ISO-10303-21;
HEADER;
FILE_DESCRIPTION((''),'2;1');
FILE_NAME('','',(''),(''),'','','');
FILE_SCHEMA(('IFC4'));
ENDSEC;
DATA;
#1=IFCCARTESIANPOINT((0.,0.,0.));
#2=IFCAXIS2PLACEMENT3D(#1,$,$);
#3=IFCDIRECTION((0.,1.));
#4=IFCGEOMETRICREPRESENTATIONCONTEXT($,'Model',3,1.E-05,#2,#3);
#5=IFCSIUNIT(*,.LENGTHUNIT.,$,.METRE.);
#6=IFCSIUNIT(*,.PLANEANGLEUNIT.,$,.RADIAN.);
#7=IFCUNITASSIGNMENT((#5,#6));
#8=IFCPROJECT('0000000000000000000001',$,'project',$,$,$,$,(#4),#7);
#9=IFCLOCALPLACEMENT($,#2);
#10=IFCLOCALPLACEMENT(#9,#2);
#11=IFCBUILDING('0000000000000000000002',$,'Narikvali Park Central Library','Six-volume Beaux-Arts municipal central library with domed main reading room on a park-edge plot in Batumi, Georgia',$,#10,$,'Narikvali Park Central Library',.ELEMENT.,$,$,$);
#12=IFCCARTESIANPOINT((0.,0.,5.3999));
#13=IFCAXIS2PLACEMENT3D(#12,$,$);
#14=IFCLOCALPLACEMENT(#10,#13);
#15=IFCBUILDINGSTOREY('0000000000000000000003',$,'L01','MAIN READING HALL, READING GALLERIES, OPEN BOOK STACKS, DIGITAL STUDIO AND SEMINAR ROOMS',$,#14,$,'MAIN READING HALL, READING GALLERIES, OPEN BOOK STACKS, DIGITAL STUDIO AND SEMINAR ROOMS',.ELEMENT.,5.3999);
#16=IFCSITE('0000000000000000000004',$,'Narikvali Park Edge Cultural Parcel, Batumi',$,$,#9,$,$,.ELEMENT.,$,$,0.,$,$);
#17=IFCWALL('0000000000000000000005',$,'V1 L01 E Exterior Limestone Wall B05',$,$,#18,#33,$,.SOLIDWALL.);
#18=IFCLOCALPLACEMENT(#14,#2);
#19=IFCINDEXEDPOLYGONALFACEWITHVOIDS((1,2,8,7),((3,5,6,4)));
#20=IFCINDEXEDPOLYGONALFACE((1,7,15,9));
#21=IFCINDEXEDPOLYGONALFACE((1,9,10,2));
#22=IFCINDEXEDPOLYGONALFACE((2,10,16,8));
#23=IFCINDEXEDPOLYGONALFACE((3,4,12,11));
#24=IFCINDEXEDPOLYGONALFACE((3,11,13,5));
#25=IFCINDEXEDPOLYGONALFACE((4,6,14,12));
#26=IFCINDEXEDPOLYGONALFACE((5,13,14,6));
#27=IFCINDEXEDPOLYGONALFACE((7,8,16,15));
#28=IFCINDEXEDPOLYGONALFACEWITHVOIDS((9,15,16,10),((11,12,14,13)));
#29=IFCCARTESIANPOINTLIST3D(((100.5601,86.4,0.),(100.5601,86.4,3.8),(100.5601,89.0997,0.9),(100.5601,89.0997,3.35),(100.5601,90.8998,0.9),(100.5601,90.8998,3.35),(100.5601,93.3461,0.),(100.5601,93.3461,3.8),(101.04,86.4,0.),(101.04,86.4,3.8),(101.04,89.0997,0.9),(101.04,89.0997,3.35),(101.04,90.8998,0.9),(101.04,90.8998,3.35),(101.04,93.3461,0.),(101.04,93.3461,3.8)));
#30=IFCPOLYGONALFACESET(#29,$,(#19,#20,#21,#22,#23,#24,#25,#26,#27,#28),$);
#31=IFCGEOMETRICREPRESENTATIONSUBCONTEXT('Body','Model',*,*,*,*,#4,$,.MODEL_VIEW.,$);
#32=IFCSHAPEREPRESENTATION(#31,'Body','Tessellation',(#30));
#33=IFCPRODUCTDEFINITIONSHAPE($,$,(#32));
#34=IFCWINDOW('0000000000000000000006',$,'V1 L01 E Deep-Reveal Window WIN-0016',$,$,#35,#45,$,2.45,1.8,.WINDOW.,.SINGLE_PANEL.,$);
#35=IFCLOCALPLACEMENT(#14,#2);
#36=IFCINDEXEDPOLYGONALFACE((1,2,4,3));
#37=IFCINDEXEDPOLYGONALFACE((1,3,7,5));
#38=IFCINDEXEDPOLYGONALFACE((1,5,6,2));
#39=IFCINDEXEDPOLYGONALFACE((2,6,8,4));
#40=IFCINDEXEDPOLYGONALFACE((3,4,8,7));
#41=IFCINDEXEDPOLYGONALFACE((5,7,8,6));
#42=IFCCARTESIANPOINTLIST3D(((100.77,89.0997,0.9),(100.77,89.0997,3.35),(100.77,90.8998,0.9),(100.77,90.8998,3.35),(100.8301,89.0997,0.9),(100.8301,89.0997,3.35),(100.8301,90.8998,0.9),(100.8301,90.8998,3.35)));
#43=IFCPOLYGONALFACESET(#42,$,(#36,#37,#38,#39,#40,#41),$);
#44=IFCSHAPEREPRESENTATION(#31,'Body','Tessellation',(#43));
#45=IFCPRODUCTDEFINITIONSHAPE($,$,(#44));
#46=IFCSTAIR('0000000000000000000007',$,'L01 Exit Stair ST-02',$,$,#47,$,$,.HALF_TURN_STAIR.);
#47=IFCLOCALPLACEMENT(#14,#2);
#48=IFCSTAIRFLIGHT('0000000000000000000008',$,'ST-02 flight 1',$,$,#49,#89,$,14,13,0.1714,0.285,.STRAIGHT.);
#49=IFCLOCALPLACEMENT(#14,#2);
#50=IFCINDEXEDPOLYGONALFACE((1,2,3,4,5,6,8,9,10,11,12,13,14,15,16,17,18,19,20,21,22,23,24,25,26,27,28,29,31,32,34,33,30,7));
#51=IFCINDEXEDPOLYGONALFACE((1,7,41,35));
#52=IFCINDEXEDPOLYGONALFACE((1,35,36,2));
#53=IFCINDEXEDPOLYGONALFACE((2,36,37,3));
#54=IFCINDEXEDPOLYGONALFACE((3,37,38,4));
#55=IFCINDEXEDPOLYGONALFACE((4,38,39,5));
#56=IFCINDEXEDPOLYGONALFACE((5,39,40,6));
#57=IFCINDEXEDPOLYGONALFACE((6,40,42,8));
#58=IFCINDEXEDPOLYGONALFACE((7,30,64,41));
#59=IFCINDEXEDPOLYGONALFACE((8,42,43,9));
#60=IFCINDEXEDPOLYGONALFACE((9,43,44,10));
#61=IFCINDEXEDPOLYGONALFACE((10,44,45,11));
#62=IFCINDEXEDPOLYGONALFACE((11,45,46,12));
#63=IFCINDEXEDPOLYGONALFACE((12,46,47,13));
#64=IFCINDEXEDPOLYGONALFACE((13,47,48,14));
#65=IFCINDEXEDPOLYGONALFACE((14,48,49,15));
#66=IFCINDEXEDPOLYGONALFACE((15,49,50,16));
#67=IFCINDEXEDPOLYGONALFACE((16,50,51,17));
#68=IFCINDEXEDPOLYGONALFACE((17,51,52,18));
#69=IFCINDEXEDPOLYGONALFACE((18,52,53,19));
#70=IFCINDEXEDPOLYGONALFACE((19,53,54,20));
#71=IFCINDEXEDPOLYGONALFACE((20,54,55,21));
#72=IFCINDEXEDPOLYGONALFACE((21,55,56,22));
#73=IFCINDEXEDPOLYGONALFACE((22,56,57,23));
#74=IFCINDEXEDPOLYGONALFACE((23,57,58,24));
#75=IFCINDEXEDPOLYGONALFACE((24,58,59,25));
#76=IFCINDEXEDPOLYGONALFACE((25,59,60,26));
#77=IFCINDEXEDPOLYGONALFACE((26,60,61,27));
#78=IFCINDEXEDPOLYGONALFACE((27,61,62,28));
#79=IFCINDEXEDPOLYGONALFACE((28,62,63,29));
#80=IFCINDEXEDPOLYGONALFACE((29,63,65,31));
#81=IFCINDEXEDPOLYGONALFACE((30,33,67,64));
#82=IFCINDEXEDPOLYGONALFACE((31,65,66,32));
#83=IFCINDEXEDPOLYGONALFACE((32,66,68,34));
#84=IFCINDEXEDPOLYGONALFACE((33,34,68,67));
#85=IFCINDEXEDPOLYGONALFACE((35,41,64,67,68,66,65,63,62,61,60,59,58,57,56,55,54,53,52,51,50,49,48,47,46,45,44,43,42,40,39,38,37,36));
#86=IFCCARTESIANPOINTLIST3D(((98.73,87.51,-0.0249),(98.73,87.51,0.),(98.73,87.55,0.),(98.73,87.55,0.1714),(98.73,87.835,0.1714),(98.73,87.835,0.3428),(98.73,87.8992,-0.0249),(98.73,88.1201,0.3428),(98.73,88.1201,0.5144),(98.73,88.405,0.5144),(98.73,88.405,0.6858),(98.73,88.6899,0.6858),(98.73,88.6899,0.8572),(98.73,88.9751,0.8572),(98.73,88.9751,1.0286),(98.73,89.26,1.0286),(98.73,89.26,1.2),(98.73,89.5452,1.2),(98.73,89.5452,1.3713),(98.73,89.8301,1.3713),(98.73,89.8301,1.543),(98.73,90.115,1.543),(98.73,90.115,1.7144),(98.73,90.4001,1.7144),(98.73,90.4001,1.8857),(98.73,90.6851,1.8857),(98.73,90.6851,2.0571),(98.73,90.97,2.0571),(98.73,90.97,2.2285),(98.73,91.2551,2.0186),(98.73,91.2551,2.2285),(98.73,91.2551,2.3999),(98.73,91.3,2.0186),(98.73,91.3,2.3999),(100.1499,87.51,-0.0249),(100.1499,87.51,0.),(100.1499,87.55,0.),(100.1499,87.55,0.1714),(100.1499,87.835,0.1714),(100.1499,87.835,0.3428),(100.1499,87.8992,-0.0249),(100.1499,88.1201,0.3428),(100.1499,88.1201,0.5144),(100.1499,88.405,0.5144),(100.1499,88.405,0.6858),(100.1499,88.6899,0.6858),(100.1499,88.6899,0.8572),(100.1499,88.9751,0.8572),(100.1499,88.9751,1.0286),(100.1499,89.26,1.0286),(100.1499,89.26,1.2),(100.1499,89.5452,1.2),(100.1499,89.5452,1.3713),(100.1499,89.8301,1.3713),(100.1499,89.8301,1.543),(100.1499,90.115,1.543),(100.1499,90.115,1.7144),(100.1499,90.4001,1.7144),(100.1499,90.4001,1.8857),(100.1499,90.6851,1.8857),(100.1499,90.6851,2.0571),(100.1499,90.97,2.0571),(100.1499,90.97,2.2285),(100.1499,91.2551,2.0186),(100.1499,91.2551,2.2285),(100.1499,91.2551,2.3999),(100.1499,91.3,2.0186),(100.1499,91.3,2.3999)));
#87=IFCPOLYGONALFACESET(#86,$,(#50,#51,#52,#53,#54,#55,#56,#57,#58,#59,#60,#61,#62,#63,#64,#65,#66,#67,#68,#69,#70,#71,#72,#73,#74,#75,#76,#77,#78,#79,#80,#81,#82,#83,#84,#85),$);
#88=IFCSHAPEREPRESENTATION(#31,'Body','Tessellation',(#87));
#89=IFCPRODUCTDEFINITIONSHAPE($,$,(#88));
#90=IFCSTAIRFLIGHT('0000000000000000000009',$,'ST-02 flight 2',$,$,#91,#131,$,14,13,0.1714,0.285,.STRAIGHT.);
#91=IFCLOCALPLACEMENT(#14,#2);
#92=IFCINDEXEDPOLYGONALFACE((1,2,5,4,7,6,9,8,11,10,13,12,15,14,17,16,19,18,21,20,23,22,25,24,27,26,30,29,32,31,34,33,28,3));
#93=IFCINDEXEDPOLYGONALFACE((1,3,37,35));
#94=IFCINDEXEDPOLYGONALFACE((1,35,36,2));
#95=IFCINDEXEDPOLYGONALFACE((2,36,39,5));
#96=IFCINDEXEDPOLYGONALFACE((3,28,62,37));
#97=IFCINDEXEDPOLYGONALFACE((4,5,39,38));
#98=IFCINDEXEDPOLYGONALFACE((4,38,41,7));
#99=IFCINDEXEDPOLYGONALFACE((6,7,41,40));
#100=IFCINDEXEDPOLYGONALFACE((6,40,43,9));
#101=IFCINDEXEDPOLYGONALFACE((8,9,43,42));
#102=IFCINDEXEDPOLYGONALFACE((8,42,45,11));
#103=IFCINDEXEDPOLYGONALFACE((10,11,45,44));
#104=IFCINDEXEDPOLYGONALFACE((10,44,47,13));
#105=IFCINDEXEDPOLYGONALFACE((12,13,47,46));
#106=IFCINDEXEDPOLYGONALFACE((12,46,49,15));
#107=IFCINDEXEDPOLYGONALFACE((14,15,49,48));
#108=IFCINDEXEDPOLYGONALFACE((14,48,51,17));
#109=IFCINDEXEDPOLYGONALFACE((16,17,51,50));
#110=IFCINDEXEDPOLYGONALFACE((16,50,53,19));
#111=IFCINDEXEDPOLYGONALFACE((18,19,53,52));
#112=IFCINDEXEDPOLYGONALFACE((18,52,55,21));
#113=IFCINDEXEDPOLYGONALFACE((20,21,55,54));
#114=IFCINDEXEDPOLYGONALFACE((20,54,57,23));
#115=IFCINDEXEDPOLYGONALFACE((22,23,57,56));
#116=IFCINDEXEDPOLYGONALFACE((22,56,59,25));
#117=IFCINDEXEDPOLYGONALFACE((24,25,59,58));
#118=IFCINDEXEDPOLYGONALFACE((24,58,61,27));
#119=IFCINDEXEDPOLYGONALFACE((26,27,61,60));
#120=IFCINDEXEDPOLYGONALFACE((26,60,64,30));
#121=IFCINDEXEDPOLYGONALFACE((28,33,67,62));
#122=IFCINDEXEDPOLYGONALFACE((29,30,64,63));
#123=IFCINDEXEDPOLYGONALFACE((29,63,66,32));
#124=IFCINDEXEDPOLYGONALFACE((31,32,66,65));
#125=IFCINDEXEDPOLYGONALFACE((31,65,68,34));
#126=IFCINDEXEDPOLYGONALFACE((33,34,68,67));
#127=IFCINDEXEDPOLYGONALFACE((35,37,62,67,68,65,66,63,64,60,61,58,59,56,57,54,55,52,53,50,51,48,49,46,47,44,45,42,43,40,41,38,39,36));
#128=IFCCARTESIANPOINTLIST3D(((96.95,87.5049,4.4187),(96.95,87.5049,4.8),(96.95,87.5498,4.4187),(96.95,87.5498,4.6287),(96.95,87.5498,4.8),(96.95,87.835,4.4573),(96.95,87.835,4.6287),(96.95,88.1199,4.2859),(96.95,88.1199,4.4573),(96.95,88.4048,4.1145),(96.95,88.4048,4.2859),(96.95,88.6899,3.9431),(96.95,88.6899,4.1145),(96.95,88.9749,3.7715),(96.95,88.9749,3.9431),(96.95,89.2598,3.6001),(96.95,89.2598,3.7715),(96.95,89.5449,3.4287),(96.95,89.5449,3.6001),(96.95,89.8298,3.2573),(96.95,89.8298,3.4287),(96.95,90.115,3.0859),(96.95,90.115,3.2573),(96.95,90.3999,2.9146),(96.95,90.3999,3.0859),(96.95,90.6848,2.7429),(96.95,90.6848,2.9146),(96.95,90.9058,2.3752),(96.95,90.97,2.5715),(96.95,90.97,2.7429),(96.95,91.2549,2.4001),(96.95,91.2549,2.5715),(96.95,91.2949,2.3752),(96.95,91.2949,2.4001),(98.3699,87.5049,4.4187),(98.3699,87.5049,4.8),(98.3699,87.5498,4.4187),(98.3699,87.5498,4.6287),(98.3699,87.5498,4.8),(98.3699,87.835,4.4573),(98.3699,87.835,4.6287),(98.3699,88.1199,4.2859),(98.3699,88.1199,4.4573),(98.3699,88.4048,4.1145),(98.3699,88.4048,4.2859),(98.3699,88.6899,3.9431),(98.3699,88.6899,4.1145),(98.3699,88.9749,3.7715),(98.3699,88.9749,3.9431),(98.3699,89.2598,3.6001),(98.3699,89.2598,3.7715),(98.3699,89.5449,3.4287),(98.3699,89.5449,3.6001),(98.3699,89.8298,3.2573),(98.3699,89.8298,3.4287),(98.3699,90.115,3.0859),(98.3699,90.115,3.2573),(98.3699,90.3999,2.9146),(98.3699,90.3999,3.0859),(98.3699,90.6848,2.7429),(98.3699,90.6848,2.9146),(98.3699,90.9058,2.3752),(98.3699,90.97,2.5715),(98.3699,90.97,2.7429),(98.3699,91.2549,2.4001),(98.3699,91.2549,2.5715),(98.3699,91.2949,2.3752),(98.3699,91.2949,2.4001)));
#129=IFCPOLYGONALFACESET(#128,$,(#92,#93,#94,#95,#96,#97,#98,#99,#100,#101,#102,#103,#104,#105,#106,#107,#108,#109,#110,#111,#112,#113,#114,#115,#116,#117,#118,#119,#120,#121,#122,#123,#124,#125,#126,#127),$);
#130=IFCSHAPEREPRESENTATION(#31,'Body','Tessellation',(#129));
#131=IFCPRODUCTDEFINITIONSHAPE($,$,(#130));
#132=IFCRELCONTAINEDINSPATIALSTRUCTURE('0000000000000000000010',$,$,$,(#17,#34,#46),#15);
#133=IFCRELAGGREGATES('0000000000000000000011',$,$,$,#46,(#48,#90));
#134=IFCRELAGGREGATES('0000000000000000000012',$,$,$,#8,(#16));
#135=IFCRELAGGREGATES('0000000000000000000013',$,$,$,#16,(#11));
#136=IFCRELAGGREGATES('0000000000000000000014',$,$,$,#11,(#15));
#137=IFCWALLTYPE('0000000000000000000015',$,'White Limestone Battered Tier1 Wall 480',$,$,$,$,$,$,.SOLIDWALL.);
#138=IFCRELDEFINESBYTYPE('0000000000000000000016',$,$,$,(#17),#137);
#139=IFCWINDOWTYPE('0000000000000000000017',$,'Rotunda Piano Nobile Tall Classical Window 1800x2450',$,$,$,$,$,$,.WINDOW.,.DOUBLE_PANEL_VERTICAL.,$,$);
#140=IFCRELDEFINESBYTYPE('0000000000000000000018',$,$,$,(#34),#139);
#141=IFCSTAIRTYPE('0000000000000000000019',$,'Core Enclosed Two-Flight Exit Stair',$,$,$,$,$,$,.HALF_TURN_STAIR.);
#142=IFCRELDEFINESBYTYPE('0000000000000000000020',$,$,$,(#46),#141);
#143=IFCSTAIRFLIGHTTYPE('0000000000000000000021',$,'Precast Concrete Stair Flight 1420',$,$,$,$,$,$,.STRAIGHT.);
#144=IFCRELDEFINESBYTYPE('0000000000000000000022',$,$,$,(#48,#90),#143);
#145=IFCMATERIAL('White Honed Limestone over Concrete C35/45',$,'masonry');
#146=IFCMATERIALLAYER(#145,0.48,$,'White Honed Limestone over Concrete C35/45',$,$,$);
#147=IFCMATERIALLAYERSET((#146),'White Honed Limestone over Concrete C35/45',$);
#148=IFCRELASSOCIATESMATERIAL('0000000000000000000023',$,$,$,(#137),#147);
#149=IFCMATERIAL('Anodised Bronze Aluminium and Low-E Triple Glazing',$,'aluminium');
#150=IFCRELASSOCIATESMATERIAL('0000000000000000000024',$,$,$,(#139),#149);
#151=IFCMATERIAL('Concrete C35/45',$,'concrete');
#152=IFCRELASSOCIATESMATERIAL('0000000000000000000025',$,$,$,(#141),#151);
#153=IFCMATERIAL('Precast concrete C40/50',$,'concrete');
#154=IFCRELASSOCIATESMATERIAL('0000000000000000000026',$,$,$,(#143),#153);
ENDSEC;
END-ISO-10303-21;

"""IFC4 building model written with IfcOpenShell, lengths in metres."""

from ifc_helpers import new_model, si_unit, direction, frame, frame_2d, origin, place, context, subcontext, project, spatial, polyline, rectangle, outline, extrude, material, layer, layer_set, type_object, element, fill, aggregate, save


model = new_model("IFC4")

# Units and contexts
model_context = context("Model", 3, precision=1e-05, world=origin(), true_north=direction((0.0, 1.0)))
body_context = subcontext(model_context, "Body", "Model", "MODEL_VIEW")
ifc_project = project(units=[si_unit("LENGTHUNIT", "METRE"), si_unit("PLANEANGLEUNIT", "RADIAN")], contexts=[model_context])

# Site, building, storey
site_placement = place(None, origin())
site = spatial("IfcSite", under=ifc_project, at=site_placement, Name="Narikvali Park Edge Cultural Parcel, Batumi", CompositionType="ELEMENT", RefElevation=0.0)
building_placement = place(site_placement, origin())
building = spatial("IfcBuilding", under=site, at=building_placement, Name="Narikvali Park Central Library", Description="Six-volume Beaux-Arts municipal central library with domed main reading room on a park-edge plot in Batumi, Georgia", LongName="Narikvali Park Central Library", CompositionType="ELEMENT")
storey_placement = place(building_placement, frame((0.0, 0.0, 5.3999)))
storey = spatial("IfcBuildingStorey", under=building, at=storey_placement, Name="L01", Description="MAIN READING HALL, READING GALLERIES, OPEN BOOK STACKS, DIGITAL STUDIO AND SEMINAR ROOMS", LongName="MAIN READING HALL, READING GALLERIES, OPEN BOOK STACKS, DIGITAL STUDIO AND SEMINAR ROOMS", CompositionType="ELEMENT", Elevation=5.3999)

# Wall, opening, window
ifc_material_1 = material(Name="White Honed Limestone over Concrete C35/45", Category="masonry")
ifc_layer_1 = layer(ifc_material_1, 0.48, Name="White Honed Limestone over Concrete C35/45")
ifc_layer_set_1 = layer_set([ifc_layer_1], Name="White Honed Limestone over Concrete C35/45")
wall_type_1 = type_object("IfcWallType", Name="White Limestone Battered Tier1 Wall 480", PredefinedType="SOLIDWALL", material=ifc_layer_set_1)
wall_1_placement = place(storey_placement, frame((100.8, 86.3999, 0.0), z_axis=(0.0, 0.0, 1.0), x_axis=(0.0, 1.0, 0.0)))
wall_1 = element("IfcWall", 1, at=wall_1_placement, inside=storey, type_object=wall_type_1, Name="V1 L01 E Exterior Limestone Wall B05", PredefinedType="SOLIDWALL", context=body_context, shape_type="SweptSolid", body=[
    extrude(rectangle(XDim=6.946, YDim=0.48, at=frame_2d((3.4731, 0.0))), origin(), (0.0, 0.0, 1.0), 3.8),
])
opening_1_placement = place(wall_1_placement, frame((2.7, 0.0, 0.8999)))
opening_1 = element("IfcOpeningElement", 2, at=opening_1_placement, cuts=wall_1, PredefinedType="OPENING", context=body_context, shape_type="SweptSolid", body=[
    extrude(rectangle(XDim=1.8, YDim=2.45, at=frame_2d((0.8999, 1.2251))), frame((0.0, 0.252, 0.0), z_axis=(0.0, -1.0, 0.0), x_axis=(1.0, 0.0, 0.0)), (0.0, 0.0, 1.0), 0.5039),
])
ifc_material_2 = material(Name="Anodised Bronze Aluminium and Low-E Triple Glazing", Category="aluminium")
window_type = type_object("IfcWindowType", Name="Rotunda Piano Nobile Tall Classical Window 1800x2450", PartitioningType="DOUBLE_PANEL_VERTICAL", PredefinedType="WINDOW", material=ifc_material_2)
window_placement = place(opening_1_placement, origin())
window = element("IfcWindow", 3, at=window_placement, inside=storey, type_object=window_type, Name="V1 L01 E Deep-Reveal Window WIN-0016", OverallHeight=2.45, OverallWidth=1.8, PartitioningType="SINGLE_PANEL", PredefinedType="WINDOW", context=body_context, shape_type="SweptSolid", body=[
    extrude(rectangle(XDim=1.8, YDim=2.45, at=frame_2d((0.8999, 1.2251))), frame((0.0, 0.03, 0.0), z_axis=(0.0, -1.0, 0.0), x_axis=(1.0, 0.0, 0.0)), (0.0, 0.0, 1.0), 0.0601),
])
fill(opening_1, window)

# Stair, stair flights
ifc_material_3 = material(Name="Concrete C35/45", Category="concrete")
stair_type = type_object("IfcStairType", Name="Core Enclosed Two-Flight Exit Stair", PredefinedType="HALF_TURN_STAIR", material=ifc_material_3)
stair_placement = place(storey_placement, origin())
stair = element("IfcStair", 4, at=stair_placement, inside=storey, type_object=stair_type, Name="L01 Exit Stair ST-02", PredefinedType="HALF_TURN_STAIR")
ifc_material_4 = material(Name="Precast concrete C40/50", Category="concrete")
stair_flight_type = type_object("IfcStairFlightType", Name="Precast Concrete Stair Flight 1420", PredefinedType="STRAIGHT", material=ifc_material_4)
stair_flight_1_placement = place(storey_placement, frame((99.4399, 87.55, 0.0), z_axis=(0.0, 0.0, 1.0), x_axis=(0.0, 1.0, 0.0)))
stair_flight_1 = element("IfcStairFlight", 5, at=stair_flight_1_placement, type_object=stair_flight_type, Name="ST-02 flight 1", NumberOfRisers=14, NumberOfTreads=13, PredefinedType="STRAIGHT", RiserHeight=0.1714, TreadLength=0.285, context=body_context, shape_type="SweptSolid", body=[
    extrude(outline(polyline([(-0.04, -0.0249), (-0.04, 0.0), (0.0, 0.0), (0.0, 0.1714), (0.2849, 0.1714), (0.2849, 0.3428), (0.5701, 0.3428), (0.5701, 0.5144), (0.855, 0.5144), (0.855, 0.6858), (1.1399, 0.6858), (1.1399, 0.8572), (1.425, 0.8572), (1.425, 1.0286), (1.71, 1.0286), (1.71, 1.2), (1.9951, 1.2), (1.9951, 1.3713), (2.28, 1.3713), (2.28, 1.543), (2.5649, 1.543), (2.5649, 1.7144), (2.8501, 1.7144), (2.8501, 1.8857), (3.135, 1.8857), (3.135, 2.0571), (3.4199, 2.0571), (3.4199, 2.2285), (3.7051, 2.2285), (3.7051, 2.3999), (3.75, 2.3999), (3.75, 2.0186), (3.7051, 2.0186), (0.3491, -0.0249), (-0.04, -0.0249)])), frame((0.0, 0.71, 0.0), z_axis=(0.0, -1.0, 0.0), x_axis=(1.0, 0.0, 0.0)), (0.0, 0.0, 1.0), 1.4199),
])
stair_flight_2_placement = place(storey_placement, frame((97.6599, 91.2549, 2.4001), z_axis=(0.0, 0.0, 1.0), x_axis=(0.0, -1.0, 0.0)))
stair_flight_2 = element("IfcStairFlight", 6, at=stair_flight_2_placement, type_object=stair_flight_type, Name="ST-02 flight 2", NumberOfRisers=14, NumberOfTreads=13, PredefinedType="STRAIGHT", RiserHeight=0.1714, TreadLength=0.285, context=body_context, shape_type="SweptSolid", body=[
    extrude(outline(polyline([(-0.04, -0.0249), (-0.04, 0.0), (0.0, 0.0), (0.0, 0.1714), (0.2849, 0.1714), (0.2849, 0.3428), (0.5701, 0.3428), (0.5701, 0.5144), (0.855, 0.5144), (0.855, 0.6858), (1.1399, 0.6858), (1.1399, 0.8572), (1.425, 0.8572), (1.425, 1.0286), (1.71, 1.0286), (1.71, 1.2), (1.9951, 1.2), (1.9951, 1.3713), (2.28, 1.3713), (2.28, 1.543), (2.5649, 1.543), (2.5649, 1.7144), (2.8501, 1.7144), (2.8501, 1.8857), (3.135, 1.8857), (3.135, 2.0571), (3.4199, 2.0571), (3.4199, 2.2285), (3.7051, 2.2285), (3.7051, 2.3999), (3.75, 2.3999), (3.75, 2.0186), (3.7051, 2.0186), (0.3491, -0.0249), (-0.04, -0.0249)])), frame((0.0, 0.71, 0.0), z_axis=(0.0, -1.0, 0.0), x_axis=(1.0, 0.0, 0.0)), (0.0, 0.0, 1.0), 1.4199),
])
aggregate(stair, [stair_flight_1, stair_flight_2])

save(model, "model.ifc")
